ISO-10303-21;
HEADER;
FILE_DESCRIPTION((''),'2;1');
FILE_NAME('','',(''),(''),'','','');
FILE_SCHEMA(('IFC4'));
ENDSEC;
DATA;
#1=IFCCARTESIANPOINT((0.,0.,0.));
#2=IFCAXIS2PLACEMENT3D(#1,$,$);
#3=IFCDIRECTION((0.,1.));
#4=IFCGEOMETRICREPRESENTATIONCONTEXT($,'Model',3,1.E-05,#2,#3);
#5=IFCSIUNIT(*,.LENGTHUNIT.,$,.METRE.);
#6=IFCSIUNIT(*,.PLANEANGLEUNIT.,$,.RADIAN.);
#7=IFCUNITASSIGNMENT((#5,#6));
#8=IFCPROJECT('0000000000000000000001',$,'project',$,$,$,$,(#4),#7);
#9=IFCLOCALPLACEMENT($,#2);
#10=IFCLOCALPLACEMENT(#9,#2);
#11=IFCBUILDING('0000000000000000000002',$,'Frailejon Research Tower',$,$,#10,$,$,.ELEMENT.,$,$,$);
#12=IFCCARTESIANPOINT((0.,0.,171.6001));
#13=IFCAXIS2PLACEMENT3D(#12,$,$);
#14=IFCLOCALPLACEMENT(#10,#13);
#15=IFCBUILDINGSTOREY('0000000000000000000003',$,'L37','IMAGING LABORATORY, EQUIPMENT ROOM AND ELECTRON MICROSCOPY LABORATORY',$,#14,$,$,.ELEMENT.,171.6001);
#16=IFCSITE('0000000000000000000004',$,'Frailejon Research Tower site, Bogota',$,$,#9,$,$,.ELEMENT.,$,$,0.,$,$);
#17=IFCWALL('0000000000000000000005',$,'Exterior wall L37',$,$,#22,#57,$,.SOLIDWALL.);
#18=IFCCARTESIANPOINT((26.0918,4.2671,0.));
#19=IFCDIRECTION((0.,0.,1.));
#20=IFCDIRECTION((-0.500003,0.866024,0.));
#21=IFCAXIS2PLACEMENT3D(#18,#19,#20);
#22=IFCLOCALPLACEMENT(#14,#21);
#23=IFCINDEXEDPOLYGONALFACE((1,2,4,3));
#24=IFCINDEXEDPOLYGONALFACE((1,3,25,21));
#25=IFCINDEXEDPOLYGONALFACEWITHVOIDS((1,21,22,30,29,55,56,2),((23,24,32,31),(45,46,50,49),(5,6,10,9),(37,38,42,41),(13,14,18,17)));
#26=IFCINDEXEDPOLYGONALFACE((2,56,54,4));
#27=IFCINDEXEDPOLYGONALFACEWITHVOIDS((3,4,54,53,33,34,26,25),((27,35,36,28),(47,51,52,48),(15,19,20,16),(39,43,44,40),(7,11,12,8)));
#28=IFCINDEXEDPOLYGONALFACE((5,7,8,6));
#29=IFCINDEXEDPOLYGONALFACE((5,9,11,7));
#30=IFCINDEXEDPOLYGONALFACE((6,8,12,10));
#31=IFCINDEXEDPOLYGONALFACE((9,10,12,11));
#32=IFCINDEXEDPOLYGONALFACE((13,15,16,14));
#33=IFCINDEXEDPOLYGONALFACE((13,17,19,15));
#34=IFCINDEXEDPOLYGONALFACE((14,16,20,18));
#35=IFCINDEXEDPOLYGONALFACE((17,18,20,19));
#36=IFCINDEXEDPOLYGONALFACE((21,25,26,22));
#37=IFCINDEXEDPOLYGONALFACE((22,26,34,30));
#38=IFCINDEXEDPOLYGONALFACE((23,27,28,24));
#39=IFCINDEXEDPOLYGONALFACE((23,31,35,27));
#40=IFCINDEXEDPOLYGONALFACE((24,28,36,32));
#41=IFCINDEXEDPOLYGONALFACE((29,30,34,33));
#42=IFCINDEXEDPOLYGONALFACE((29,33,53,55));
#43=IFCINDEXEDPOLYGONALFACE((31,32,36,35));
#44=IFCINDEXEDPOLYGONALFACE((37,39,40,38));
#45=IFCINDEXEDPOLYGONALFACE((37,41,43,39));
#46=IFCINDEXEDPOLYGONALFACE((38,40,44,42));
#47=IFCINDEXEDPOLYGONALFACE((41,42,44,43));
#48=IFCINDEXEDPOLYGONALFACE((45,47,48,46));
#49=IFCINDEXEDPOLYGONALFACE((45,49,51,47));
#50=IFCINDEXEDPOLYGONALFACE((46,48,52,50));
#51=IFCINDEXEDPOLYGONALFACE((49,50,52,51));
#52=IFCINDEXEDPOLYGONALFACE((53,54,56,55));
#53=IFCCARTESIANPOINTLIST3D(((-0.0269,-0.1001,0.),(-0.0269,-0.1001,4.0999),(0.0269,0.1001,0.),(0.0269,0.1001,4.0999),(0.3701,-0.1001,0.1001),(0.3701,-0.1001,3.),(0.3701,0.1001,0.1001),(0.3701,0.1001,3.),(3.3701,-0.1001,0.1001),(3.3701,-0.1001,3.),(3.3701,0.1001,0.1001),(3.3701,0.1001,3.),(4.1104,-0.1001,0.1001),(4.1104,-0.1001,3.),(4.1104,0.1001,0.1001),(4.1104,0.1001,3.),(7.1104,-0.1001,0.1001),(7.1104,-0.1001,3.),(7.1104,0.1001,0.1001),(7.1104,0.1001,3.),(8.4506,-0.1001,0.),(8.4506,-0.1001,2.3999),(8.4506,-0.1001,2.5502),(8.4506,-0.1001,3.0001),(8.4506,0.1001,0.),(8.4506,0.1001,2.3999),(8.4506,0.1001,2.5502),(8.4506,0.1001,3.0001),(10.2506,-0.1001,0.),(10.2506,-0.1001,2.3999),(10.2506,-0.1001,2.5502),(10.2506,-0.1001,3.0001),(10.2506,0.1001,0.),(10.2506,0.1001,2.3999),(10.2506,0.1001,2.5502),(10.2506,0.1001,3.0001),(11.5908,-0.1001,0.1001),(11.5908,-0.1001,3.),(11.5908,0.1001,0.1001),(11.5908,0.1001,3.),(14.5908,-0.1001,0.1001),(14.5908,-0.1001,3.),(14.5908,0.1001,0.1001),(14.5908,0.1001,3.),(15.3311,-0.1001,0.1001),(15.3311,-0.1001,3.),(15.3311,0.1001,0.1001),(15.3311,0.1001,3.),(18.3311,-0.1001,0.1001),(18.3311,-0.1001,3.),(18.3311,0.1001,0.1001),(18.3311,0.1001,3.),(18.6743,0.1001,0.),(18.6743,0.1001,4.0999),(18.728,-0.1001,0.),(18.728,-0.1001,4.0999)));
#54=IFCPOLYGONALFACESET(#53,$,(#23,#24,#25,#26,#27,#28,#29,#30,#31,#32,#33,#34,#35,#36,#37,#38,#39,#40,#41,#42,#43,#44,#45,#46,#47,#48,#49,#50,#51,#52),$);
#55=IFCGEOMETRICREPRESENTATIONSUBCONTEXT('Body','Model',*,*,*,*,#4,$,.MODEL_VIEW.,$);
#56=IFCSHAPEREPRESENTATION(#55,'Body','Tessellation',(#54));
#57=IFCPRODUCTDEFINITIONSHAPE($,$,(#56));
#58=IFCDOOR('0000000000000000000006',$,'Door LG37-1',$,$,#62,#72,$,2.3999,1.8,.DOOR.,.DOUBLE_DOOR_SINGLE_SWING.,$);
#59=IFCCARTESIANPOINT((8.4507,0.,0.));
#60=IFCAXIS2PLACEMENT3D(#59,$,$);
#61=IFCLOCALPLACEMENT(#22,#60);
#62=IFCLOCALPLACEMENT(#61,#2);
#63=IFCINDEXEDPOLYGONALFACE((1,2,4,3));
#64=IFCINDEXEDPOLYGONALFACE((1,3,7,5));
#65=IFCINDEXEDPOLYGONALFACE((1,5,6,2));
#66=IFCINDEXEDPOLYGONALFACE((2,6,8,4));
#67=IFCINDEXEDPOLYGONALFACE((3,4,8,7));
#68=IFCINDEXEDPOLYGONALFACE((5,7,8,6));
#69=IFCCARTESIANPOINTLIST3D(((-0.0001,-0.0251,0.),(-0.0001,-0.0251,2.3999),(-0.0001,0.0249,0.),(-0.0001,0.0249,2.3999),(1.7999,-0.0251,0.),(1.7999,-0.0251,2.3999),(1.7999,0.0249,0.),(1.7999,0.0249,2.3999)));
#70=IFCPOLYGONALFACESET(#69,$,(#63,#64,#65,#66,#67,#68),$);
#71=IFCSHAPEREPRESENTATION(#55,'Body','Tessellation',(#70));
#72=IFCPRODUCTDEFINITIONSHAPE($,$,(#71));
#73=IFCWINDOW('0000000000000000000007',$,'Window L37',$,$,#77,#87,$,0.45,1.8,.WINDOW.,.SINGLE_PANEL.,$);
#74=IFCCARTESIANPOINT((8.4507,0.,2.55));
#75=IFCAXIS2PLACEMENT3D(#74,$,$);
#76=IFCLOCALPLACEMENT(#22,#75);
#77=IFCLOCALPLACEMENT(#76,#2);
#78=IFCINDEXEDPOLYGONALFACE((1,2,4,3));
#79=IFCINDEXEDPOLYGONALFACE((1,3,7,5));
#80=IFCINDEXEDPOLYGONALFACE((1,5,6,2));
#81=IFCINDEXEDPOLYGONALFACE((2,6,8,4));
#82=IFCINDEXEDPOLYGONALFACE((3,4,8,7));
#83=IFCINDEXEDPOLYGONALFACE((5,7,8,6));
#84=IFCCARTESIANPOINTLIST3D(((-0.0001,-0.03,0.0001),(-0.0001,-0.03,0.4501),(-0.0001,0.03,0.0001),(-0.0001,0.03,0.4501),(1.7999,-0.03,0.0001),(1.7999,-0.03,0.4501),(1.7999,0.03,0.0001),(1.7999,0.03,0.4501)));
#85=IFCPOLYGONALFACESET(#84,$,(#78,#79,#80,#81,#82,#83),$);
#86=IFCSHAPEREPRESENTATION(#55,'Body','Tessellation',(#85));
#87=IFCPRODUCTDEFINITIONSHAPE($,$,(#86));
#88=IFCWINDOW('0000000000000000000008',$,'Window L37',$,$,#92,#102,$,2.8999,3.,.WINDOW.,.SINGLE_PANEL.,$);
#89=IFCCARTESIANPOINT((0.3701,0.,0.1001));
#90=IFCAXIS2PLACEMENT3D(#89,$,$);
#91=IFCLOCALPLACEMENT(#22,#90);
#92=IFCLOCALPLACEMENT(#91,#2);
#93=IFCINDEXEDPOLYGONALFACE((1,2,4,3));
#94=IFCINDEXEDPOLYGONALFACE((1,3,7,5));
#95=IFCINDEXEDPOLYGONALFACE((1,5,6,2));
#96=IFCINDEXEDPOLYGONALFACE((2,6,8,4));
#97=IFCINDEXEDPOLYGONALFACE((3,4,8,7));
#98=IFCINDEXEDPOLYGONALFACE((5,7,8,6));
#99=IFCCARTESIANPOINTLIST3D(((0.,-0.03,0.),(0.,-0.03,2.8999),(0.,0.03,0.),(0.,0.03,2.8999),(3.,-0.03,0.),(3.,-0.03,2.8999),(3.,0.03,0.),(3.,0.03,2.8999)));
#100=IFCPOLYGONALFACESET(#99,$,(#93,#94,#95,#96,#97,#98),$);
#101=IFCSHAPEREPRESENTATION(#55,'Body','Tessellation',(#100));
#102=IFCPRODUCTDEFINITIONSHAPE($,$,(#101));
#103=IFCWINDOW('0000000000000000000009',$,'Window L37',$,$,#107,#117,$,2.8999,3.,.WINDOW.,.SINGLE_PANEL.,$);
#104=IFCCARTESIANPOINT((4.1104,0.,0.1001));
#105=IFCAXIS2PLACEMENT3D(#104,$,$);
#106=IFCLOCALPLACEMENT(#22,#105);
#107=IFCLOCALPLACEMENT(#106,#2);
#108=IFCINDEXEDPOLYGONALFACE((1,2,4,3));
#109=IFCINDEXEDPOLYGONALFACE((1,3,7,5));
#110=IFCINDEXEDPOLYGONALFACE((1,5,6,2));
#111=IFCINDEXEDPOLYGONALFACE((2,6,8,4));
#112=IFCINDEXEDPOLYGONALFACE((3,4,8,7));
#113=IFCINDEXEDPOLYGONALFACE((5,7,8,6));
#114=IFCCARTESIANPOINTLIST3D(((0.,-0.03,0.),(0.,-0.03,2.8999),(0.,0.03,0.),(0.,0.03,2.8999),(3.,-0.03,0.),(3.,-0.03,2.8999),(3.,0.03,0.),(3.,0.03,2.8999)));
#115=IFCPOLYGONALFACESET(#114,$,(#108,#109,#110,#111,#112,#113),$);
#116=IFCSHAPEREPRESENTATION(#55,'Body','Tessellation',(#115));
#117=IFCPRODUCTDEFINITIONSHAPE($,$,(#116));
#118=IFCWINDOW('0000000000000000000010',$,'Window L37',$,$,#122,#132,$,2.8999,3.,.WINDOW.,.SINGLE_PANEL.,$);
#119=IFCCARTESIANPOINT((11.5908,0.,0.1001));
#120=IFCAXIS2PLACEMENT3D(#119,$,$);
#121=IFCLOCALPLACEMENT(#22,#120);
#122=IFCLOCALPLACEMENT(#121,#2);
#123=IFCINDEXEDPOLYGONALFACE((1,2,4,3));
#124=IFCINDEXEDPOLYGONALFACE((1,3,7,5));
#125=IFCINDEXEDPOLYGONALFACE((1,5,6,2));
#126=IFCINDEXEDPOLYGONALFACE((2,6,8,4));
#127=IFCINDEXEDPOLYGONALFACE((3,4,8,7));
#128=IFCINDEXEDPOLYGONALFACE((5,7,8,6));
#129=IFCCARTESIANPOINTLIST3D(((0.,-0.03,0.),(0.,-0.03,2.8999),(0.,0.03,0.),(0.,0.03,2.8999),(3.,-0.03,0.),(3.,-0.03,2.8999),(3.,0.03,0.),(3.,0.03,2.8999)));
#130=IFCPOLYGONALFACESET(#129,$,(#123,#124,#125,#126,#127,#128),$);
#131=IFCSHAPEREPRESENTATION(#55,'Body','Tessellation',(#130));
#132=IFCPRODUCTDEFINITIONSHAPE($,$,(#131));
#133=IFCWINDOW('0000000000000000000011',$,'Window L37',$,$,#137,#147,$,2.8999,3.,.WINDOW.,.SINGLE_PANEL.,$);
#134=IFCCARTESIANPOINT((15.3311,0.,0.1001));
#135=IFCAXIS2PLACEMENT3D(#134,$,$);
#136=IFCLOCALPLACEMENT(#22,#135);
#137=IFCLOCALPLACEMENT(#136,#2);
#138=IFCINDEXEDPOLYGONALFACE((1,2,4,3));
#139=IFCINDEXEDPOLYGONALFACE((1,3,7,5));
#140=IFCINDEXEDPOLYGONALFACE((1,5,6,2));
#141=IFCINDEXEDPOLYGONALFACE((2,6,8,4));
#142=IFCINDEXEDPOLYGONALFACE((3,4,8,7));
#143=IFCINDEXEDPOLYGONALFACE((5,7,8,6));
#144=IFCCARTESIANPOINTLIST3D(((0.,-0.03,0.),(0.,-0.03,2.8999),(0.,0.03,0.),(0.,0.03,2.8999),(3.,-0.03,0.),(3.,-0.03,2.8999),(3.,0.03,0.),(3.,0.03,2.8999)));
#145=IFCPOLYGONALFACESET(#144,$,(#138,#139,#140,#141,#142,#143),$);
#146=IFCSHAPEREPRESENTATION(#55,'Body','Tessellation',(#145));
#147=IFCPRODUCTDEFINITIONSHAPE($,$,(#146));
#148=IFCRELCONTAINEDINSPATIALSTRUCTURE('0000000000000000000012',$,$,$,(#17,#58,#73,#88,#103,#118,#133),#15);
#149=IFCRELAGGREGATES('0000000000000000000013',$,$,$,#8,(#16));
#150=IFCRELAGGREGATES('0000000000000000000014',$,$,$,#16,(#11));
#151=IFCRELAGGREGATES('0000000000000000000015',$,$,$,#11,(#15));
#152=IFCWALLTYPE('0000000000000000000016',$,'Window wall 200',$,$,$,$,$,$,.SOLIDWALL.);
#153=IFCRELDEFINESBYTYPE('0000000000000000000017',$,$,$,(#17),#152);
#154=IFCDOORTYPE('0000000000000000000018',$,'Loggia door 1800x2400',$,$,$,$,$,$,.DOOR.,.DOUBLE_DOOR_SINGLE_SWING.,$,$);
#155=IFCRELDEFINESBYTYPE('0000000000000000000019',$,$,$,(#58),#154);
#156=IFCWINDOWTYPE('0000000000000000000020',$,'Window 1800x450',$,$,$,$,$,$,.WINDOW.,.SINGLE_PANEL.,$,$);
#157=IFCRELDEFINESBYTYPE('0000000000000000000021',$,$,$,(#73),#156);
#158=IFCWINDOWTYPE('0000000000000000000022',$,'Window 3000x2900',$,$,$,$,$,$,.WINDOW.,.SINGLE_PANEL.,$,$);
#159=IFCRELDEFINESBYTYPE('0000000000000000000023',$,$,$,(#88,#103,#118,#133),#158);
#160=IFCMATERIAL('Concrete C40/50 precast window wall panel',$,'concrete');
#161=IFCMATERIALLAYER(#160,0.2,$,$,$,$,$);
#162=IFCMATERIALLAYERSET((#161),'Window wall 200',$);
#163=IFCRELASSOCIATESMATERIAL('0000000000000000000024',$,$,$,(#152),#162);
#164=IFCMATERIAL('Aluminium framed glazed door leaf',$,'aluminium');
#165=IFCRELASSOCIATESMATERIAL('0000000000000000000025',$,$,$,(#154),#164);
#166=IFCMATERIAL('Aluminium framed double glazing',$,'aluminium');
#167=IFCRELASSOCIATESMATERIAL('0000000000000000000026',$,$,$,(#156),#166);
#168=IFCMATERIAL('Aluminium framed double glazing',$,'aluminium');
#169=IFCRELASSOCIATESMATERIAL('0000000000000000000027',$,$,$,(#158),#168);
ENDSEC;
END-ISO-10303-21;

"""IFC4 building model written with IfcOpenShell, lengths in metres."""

from ifc_helpers import new_model, si_unit, direction, frame, frame_2d, origin, place, context, subcontext, project, spatial, polyline, rectangle, outline, extrude, material, layer, layer_set, type_object, element, fill, save


model = new_model("IFC4")

# Units and contexts
model_context = context("Model", 3, precision=1e-05, world=origin(), true_north=direction((0.0, 1.0)))
body_context = subcontext(model_context, "Body", "Model", "MODEL_VIEW")
ifc_project = project(units=[si_unit("LENGTHUNIT", "METRE"), si_unit("PLANEANGLEUNIT", "RADIAN")], contexts=[model_context])

# Site, building, storey
site_placement = place(None, origin())
site = spatial("IfcSite", under=ifc_project, at=site_placement, Name="Frailejon Research Tower site, Bogota", CompositionType="ELEMENT", RefElevation=0.0)
building_placement = place(site_placement, origin())
building = spatial("IfcBuilding", under=site, at=building_placement, Name="Frailejon Research Tower", CompositionType="ELEMENT")
storey_placement = place(building_placement, frame((0.0, 0.0, 171.6001)))
storey = spatial("IfcBuildingStorey", under=building, at=storey_placement, Name="L37", Description="IMAGING LABORATORY, EQUIPMENT ROOM AND ELECTRON MICROSCOPY LABORATORY", CompositionType="ELEMENT", Elevation=171.6001)

# Wall, openings, door, windows
ifc_material_1 = material(Name="Concrete C40/50 precast window wall panel", Category="concrete")
ifc_layer_1 = layer(ifc_material_1, 0.2)
ifc_layer_set_1 = layer_set([ifc_layer_1], Name="Window wall 200")
wall_type_1 = type_object("IfcWallType", Name="Window wall 200", PredefinedType="SOLIDWALL", material=ifc_layer_set_1)
wall_1_placement = place(storey_placement, frame((26.0918, 4.2671, 0.0), z_axis=(0.0, 0.0, 1.0), x_axis=(-0.500003, 0.866024, 0.0)))
wall_1 = element("IfcWall", 1, at=wall_1_placement, inside=storey, type_object=wall_type_1, Name="Exterior wall L37", PredefinedType="SOLIDWALL", context=body_context, shape_type="SweptSolid", body=[
    extrude(outline(polyline([(-0.0269, -0.1001), (1.0151, -0.1001), (2.0571, -0.1001), (3.0989, -0.1001), (4.1409, -0.1001), (5.1829, -0.1001), (6.2249, -0.1001), (7.2666, -0.1001), (8.3086, -0.1001), (9.3506, -0.1001), (10.3926, -0.1001), (11.4346, -0.1001), (12.4763, -0.1001), (13.5183, -0.1001), (14.5603, -0.1001), (15.6023, -0.1001), (16.644, -0.1001), (17.686, -0.1001), (18.728, -0.1001), (18.6743, 0.1001), (17.6384, 0.1001), (16.6023, 0.1001), (15.5664, 0.1001), (14.5305, 0.1001), (13.4944, 0.1001), (12.4585, 0.1001), (11.4226, 0.1001), (10.3865, 0.1001), (9.3506, 0.1001), (8.3147, 0.1001), (7.2786, 0.1001), (6.2427, 0.1001), (5.2068, 0.1001), (4.1707, 0.1001), (3.1348, 0.1001), (2.0989, 0.1001), (1.0627, 0.1001), (0.0269, 0.1001), (-0.0269, -0.1001)])), origin(), (0.0, 0.0, 1.0), 4.0999),
])
opening_1_placement = place(wall_1_placement, frame((0.3701, 0.0, 0.1001)))
opening_1 = element("IfcOpeningElement", 2, at=opening_1_placement, cuts=wall_1, PredefinedType="OPENING", context=body_context, shape_type="SweptSolid", body=[
    extrude(rectangle(XDim=3.0, YDim=2.8999, at=frame_2d((1.5, 1.45))), frame((0.0, 0.1099, 0.0), z_axis=(0.0, -1.0, 0.0), x_axis=(1.0, 0.0, 0.0)), (0.0, 0.0, 1.0), 0.22),
])
opening_2_placement = place(wall_1_placement, frame((4.1104, 0.0, 0.1001)))
opening_2 = element("IfcOpeningElement", 3, at=opening_2_placement, cuts=wall_1, PredefinedType="OPENING", context=body_context, shape_type="SweptSolid", body=[
    extrude(rectangle(XDim=3.0, YDim=2.8999, at=frame_2d((1.5, 1.45))), frame((0.0, 0.1099, 0.0), z_axis=(0.0, -1.0, 0.0), x_axis=(1.0, 0.0, 0.0)), (0.0, 0.0, 1.0), 0.22),
])
opening_3_placement = place(wall_1_placement, frame((8.4507, 0.0, 0.0)))
opening_3 = element("IfcOpeningElement", 4, at=opening_3_placement, cuts=wall_1, PredefinedType="OPENING", context=body_context, shape_type="SweptSolid", body=[
    extrude(rectangle(XDim=1.8, YDim=2.3999, at=frame_2d((0.8999, 1.2))), frame((0.0, 0.1099, 0.0), z_axis=(0.0, -1.0, 0.0), x_axis=(1.0, 0.0, 0.0)), (0.0, 0.0, 1.0), 0.22),
])
opening_4_placement = place(wall_1_placement, frame((8.4507, 0.0, 2.55)))
opening_4 = element("IfcOpeningElement", 5, at=opening_4_placement, cuts=wall_1, PredefinedType="OPENING", context=body_context, shape_type="SweptSolid", body=[
    extrude(rectangle(XDim=1.8, YDim=0.45, at=frame_2d((0.8999, 0.2251))), frame((0.0, 0.1099, 0.0), z_axis=(0.0, -1.0, 0.0), x_axis=(1.0, 0.0, 0.0)), (0.0, 0.0, 1.0), 0.22),
])
opening_5_placement = place(wall_1_placement, frame((11.5908, 0.0, 0.1001)))
opening_5 = element("IfcOpeningElement", 6, at=opening_5_placement, cuts=wall_1, PredefinedType="OPENING", context=body_context, shape_type="SweptSolid", body=[
    extrude(rectangle(XDim=3.0, YDim=2.8999, at=frame_2d((1.5, 1.45))), frame((0.0, 0.1099, 0.0), z_axis=(0.0, -1.0, 0.0), x_axis=(1.0, 0.0, 0.0)), (0.0, 0.0, 1.0), 0.22),
])
opening_6_placement = place(wall_1_placement, frame((15.3311, 0.0, 0.1001)))
opening_6 = element("IfcOpeningElement", 7, at=opening_6_placement, cuts=wall_1, PredefinedType="OPENING", context=body_context, shape_type="SweptSolid", body=[
    extrude(rectangle(XDim=3.0, YDim=2.8999, at=frame_2d((1.5, 1.45))), frame((0.0, 0.1099, 0.0), z_axis=(0.0, -1.0, 0.0), x_axis=(1.0, 0.0, 0.0)), (0.0, 0.0, 1.0), 0.22),
])
ifc_material_2 = material(Name="Aluminium framed glazed door leaf", Category="aluminium")
door_type_1 = type_object("IfcDoorType", Name="Loggia door 1800x2400", OperationType="DOUBLE_DOOR_SINGLE_SWING", PredefinedType="DOOR", material=ifc_material_2)
door_1_placement = place(opening_3_placement, origin())
door_1 = element("IfcDoor", 8, at=door_1_placement, inside=storey, type_object=door_type_1, Name="Door LG37-1", OperationType="DOUBLE_DOOR_SINGLE_SWING", OverallHeight=2.3999, OverallWidth=1.8, PredefinedType="DOOR", context=body_context, shape_type="SweptSolid", body=[
    extrude(rectangle(XDim=1.8, YDim=2.3999, at=frame_2d((0.8999, 1.2))), frame((0.0, 0.0249, 0.0), z_axis=(0.0, -1.0, 0.0), x_axis=(1.0, 0.0, 0.0)), (0.0, 0.0, 1.0), 0.05),
])
fill(opening_3, door_1)
ifc_material_3 = material(Name="Aluminium framed double glazing", Category="aluminium")
window_type_1 = type_object("IfcWindowType", Name="Window 1800x450", PartitioningType="SINGLE_PANEL", PredefinedType="WINDOW", material=ifc_material_3)
window_1_placement = place(opening_4_placement, origin())
window_1 = element("IfcWindow", 9, at=window_1_placement, inside=storey, type_object=window_type_1, Name="Window L37", OverallHeight=0.45, OverallWidth=1.8, PartitioningType="SINGLE_PANEL", PredefinedType="WINDOW", context=body_context, shape_type="SweptSolid", body=[
    extrude(rectangle(XDim=1.8, YDim=0.45, at=frame_2d((0.8999, 0.2251))), frame((0.0, 0.03, 0.0), z_axis=(0.0, -1.0, 0.0), x_axis=(1.0, 0.0, 0.0)), (0.0, 0.0, 1.0), 0.0601),
])
fill(opening_4, window_1)
ifc_material_4 = material(Name="Aluminium framed double glazing", Category="aluminium")
window_type_2 = type_object("IfcWindowType", Name="Window 3000x2900", PartitioningType="SINGLE_PANEL", PredefinedType="WINDOW", material=ifc_material_4)
window_2_placement = place(opening_1_placement, origin())
window_2 = element("IfcWindow", 10, at=window_2_placement, inside=storey, type_object=window_type_2, Name="Window L37", OverallHeight=2.8999, OverallWidth=3.0, PartitioningType="SINGLE_PANEL", PredefinedType="WINDOW", context=body_context, shape_type="SweptSolid", body=[
    extrude(rectangle(XDim=3.0, YDim=2.8999, at=frame_2d((1.5, 1.45))), frame((0.0, 0.03, 0.0), z_axis=(0.0, -1.0, 0.0), x_axis=(1.0, 0.0, 0.0)), (0.0, 0.0, 1.0), 0.0601),
])
fill(opening_1, window_2)
window_3_placement = place(opening_2_placement, origin())
window_3 = element("IfcWindow", 11, at=window_3_placement, inside=storey, type_object=window_type_2, Name="Window L37", OverallHeight=2.8999, OverallWidth=3.0, PartitioningType="SINGLE_PANEL", PredefinedType="WINDOW", context=body_context, shape_type="SweptSolid", body=[
    extrude(rectangle(XDim=3.0, YDim=2.8999, at=frame_2d((1.5, 1.45))), frame((0.0, 0.03, 0.0), z_axis=(0.0, -1.0, 0.0), x_axis=(1.0, 0.0, 0.0)), (0.0, 0.0, 1.0), 0.0601),
])
fill(opening_2, window_3)
window_4_placement = place(opening_5_placement, origin())
window_4 = element("IfcWindow", 12, at=window_4_placement, inside=storey, type_object=window_type_2, Name="Window L37", OverallHeight=2.8999, OverallWidth=3.0, PartitioningType="SINGLE_PANEL", PredefinedType="WINDOW", context=body_context, shape_type="SweptSolid", body=[
    extrude(rectangle(XDim=3.0, YDim=2.8999, at=frame_2d((1.5, 1.45))), frame((0.0, 0.03, 0.0), z_axis=(0.0, -1.0, 0.0), x_axis=(1.0, 0.0, 0.0)), (0.0, 0.0, 1.0), 0.0601),
])
fill(opening_5, window_4)
window_5_placement = place(opening_6_placement, origin())
window_5 = element("IfcWindow", 13, at=window_5_placement, inside=storey, type_object=window_type_2, Name="Window L37", OverallHeight=2.8999, OverallWidth=3.0, PartitioningType="SINGLE_PANEL", PredefinedType="WINDOW", context=body_context, shape_type="SweptSolid", body=[
    extrude(rectangle(XDim=3.0, YDim=2.8999, at=frame_2d((1.5, 1.45))), frame((0.0, 0.03, 0.0), z_axis=(0.0, -1.0, 0.0), x_axis=(1.0, 0.0, 0.0)), (0.0, 0.0, 1.0), 0.0601),
])
fill(opening_6, window_5)

save(model, "model.ifc")
